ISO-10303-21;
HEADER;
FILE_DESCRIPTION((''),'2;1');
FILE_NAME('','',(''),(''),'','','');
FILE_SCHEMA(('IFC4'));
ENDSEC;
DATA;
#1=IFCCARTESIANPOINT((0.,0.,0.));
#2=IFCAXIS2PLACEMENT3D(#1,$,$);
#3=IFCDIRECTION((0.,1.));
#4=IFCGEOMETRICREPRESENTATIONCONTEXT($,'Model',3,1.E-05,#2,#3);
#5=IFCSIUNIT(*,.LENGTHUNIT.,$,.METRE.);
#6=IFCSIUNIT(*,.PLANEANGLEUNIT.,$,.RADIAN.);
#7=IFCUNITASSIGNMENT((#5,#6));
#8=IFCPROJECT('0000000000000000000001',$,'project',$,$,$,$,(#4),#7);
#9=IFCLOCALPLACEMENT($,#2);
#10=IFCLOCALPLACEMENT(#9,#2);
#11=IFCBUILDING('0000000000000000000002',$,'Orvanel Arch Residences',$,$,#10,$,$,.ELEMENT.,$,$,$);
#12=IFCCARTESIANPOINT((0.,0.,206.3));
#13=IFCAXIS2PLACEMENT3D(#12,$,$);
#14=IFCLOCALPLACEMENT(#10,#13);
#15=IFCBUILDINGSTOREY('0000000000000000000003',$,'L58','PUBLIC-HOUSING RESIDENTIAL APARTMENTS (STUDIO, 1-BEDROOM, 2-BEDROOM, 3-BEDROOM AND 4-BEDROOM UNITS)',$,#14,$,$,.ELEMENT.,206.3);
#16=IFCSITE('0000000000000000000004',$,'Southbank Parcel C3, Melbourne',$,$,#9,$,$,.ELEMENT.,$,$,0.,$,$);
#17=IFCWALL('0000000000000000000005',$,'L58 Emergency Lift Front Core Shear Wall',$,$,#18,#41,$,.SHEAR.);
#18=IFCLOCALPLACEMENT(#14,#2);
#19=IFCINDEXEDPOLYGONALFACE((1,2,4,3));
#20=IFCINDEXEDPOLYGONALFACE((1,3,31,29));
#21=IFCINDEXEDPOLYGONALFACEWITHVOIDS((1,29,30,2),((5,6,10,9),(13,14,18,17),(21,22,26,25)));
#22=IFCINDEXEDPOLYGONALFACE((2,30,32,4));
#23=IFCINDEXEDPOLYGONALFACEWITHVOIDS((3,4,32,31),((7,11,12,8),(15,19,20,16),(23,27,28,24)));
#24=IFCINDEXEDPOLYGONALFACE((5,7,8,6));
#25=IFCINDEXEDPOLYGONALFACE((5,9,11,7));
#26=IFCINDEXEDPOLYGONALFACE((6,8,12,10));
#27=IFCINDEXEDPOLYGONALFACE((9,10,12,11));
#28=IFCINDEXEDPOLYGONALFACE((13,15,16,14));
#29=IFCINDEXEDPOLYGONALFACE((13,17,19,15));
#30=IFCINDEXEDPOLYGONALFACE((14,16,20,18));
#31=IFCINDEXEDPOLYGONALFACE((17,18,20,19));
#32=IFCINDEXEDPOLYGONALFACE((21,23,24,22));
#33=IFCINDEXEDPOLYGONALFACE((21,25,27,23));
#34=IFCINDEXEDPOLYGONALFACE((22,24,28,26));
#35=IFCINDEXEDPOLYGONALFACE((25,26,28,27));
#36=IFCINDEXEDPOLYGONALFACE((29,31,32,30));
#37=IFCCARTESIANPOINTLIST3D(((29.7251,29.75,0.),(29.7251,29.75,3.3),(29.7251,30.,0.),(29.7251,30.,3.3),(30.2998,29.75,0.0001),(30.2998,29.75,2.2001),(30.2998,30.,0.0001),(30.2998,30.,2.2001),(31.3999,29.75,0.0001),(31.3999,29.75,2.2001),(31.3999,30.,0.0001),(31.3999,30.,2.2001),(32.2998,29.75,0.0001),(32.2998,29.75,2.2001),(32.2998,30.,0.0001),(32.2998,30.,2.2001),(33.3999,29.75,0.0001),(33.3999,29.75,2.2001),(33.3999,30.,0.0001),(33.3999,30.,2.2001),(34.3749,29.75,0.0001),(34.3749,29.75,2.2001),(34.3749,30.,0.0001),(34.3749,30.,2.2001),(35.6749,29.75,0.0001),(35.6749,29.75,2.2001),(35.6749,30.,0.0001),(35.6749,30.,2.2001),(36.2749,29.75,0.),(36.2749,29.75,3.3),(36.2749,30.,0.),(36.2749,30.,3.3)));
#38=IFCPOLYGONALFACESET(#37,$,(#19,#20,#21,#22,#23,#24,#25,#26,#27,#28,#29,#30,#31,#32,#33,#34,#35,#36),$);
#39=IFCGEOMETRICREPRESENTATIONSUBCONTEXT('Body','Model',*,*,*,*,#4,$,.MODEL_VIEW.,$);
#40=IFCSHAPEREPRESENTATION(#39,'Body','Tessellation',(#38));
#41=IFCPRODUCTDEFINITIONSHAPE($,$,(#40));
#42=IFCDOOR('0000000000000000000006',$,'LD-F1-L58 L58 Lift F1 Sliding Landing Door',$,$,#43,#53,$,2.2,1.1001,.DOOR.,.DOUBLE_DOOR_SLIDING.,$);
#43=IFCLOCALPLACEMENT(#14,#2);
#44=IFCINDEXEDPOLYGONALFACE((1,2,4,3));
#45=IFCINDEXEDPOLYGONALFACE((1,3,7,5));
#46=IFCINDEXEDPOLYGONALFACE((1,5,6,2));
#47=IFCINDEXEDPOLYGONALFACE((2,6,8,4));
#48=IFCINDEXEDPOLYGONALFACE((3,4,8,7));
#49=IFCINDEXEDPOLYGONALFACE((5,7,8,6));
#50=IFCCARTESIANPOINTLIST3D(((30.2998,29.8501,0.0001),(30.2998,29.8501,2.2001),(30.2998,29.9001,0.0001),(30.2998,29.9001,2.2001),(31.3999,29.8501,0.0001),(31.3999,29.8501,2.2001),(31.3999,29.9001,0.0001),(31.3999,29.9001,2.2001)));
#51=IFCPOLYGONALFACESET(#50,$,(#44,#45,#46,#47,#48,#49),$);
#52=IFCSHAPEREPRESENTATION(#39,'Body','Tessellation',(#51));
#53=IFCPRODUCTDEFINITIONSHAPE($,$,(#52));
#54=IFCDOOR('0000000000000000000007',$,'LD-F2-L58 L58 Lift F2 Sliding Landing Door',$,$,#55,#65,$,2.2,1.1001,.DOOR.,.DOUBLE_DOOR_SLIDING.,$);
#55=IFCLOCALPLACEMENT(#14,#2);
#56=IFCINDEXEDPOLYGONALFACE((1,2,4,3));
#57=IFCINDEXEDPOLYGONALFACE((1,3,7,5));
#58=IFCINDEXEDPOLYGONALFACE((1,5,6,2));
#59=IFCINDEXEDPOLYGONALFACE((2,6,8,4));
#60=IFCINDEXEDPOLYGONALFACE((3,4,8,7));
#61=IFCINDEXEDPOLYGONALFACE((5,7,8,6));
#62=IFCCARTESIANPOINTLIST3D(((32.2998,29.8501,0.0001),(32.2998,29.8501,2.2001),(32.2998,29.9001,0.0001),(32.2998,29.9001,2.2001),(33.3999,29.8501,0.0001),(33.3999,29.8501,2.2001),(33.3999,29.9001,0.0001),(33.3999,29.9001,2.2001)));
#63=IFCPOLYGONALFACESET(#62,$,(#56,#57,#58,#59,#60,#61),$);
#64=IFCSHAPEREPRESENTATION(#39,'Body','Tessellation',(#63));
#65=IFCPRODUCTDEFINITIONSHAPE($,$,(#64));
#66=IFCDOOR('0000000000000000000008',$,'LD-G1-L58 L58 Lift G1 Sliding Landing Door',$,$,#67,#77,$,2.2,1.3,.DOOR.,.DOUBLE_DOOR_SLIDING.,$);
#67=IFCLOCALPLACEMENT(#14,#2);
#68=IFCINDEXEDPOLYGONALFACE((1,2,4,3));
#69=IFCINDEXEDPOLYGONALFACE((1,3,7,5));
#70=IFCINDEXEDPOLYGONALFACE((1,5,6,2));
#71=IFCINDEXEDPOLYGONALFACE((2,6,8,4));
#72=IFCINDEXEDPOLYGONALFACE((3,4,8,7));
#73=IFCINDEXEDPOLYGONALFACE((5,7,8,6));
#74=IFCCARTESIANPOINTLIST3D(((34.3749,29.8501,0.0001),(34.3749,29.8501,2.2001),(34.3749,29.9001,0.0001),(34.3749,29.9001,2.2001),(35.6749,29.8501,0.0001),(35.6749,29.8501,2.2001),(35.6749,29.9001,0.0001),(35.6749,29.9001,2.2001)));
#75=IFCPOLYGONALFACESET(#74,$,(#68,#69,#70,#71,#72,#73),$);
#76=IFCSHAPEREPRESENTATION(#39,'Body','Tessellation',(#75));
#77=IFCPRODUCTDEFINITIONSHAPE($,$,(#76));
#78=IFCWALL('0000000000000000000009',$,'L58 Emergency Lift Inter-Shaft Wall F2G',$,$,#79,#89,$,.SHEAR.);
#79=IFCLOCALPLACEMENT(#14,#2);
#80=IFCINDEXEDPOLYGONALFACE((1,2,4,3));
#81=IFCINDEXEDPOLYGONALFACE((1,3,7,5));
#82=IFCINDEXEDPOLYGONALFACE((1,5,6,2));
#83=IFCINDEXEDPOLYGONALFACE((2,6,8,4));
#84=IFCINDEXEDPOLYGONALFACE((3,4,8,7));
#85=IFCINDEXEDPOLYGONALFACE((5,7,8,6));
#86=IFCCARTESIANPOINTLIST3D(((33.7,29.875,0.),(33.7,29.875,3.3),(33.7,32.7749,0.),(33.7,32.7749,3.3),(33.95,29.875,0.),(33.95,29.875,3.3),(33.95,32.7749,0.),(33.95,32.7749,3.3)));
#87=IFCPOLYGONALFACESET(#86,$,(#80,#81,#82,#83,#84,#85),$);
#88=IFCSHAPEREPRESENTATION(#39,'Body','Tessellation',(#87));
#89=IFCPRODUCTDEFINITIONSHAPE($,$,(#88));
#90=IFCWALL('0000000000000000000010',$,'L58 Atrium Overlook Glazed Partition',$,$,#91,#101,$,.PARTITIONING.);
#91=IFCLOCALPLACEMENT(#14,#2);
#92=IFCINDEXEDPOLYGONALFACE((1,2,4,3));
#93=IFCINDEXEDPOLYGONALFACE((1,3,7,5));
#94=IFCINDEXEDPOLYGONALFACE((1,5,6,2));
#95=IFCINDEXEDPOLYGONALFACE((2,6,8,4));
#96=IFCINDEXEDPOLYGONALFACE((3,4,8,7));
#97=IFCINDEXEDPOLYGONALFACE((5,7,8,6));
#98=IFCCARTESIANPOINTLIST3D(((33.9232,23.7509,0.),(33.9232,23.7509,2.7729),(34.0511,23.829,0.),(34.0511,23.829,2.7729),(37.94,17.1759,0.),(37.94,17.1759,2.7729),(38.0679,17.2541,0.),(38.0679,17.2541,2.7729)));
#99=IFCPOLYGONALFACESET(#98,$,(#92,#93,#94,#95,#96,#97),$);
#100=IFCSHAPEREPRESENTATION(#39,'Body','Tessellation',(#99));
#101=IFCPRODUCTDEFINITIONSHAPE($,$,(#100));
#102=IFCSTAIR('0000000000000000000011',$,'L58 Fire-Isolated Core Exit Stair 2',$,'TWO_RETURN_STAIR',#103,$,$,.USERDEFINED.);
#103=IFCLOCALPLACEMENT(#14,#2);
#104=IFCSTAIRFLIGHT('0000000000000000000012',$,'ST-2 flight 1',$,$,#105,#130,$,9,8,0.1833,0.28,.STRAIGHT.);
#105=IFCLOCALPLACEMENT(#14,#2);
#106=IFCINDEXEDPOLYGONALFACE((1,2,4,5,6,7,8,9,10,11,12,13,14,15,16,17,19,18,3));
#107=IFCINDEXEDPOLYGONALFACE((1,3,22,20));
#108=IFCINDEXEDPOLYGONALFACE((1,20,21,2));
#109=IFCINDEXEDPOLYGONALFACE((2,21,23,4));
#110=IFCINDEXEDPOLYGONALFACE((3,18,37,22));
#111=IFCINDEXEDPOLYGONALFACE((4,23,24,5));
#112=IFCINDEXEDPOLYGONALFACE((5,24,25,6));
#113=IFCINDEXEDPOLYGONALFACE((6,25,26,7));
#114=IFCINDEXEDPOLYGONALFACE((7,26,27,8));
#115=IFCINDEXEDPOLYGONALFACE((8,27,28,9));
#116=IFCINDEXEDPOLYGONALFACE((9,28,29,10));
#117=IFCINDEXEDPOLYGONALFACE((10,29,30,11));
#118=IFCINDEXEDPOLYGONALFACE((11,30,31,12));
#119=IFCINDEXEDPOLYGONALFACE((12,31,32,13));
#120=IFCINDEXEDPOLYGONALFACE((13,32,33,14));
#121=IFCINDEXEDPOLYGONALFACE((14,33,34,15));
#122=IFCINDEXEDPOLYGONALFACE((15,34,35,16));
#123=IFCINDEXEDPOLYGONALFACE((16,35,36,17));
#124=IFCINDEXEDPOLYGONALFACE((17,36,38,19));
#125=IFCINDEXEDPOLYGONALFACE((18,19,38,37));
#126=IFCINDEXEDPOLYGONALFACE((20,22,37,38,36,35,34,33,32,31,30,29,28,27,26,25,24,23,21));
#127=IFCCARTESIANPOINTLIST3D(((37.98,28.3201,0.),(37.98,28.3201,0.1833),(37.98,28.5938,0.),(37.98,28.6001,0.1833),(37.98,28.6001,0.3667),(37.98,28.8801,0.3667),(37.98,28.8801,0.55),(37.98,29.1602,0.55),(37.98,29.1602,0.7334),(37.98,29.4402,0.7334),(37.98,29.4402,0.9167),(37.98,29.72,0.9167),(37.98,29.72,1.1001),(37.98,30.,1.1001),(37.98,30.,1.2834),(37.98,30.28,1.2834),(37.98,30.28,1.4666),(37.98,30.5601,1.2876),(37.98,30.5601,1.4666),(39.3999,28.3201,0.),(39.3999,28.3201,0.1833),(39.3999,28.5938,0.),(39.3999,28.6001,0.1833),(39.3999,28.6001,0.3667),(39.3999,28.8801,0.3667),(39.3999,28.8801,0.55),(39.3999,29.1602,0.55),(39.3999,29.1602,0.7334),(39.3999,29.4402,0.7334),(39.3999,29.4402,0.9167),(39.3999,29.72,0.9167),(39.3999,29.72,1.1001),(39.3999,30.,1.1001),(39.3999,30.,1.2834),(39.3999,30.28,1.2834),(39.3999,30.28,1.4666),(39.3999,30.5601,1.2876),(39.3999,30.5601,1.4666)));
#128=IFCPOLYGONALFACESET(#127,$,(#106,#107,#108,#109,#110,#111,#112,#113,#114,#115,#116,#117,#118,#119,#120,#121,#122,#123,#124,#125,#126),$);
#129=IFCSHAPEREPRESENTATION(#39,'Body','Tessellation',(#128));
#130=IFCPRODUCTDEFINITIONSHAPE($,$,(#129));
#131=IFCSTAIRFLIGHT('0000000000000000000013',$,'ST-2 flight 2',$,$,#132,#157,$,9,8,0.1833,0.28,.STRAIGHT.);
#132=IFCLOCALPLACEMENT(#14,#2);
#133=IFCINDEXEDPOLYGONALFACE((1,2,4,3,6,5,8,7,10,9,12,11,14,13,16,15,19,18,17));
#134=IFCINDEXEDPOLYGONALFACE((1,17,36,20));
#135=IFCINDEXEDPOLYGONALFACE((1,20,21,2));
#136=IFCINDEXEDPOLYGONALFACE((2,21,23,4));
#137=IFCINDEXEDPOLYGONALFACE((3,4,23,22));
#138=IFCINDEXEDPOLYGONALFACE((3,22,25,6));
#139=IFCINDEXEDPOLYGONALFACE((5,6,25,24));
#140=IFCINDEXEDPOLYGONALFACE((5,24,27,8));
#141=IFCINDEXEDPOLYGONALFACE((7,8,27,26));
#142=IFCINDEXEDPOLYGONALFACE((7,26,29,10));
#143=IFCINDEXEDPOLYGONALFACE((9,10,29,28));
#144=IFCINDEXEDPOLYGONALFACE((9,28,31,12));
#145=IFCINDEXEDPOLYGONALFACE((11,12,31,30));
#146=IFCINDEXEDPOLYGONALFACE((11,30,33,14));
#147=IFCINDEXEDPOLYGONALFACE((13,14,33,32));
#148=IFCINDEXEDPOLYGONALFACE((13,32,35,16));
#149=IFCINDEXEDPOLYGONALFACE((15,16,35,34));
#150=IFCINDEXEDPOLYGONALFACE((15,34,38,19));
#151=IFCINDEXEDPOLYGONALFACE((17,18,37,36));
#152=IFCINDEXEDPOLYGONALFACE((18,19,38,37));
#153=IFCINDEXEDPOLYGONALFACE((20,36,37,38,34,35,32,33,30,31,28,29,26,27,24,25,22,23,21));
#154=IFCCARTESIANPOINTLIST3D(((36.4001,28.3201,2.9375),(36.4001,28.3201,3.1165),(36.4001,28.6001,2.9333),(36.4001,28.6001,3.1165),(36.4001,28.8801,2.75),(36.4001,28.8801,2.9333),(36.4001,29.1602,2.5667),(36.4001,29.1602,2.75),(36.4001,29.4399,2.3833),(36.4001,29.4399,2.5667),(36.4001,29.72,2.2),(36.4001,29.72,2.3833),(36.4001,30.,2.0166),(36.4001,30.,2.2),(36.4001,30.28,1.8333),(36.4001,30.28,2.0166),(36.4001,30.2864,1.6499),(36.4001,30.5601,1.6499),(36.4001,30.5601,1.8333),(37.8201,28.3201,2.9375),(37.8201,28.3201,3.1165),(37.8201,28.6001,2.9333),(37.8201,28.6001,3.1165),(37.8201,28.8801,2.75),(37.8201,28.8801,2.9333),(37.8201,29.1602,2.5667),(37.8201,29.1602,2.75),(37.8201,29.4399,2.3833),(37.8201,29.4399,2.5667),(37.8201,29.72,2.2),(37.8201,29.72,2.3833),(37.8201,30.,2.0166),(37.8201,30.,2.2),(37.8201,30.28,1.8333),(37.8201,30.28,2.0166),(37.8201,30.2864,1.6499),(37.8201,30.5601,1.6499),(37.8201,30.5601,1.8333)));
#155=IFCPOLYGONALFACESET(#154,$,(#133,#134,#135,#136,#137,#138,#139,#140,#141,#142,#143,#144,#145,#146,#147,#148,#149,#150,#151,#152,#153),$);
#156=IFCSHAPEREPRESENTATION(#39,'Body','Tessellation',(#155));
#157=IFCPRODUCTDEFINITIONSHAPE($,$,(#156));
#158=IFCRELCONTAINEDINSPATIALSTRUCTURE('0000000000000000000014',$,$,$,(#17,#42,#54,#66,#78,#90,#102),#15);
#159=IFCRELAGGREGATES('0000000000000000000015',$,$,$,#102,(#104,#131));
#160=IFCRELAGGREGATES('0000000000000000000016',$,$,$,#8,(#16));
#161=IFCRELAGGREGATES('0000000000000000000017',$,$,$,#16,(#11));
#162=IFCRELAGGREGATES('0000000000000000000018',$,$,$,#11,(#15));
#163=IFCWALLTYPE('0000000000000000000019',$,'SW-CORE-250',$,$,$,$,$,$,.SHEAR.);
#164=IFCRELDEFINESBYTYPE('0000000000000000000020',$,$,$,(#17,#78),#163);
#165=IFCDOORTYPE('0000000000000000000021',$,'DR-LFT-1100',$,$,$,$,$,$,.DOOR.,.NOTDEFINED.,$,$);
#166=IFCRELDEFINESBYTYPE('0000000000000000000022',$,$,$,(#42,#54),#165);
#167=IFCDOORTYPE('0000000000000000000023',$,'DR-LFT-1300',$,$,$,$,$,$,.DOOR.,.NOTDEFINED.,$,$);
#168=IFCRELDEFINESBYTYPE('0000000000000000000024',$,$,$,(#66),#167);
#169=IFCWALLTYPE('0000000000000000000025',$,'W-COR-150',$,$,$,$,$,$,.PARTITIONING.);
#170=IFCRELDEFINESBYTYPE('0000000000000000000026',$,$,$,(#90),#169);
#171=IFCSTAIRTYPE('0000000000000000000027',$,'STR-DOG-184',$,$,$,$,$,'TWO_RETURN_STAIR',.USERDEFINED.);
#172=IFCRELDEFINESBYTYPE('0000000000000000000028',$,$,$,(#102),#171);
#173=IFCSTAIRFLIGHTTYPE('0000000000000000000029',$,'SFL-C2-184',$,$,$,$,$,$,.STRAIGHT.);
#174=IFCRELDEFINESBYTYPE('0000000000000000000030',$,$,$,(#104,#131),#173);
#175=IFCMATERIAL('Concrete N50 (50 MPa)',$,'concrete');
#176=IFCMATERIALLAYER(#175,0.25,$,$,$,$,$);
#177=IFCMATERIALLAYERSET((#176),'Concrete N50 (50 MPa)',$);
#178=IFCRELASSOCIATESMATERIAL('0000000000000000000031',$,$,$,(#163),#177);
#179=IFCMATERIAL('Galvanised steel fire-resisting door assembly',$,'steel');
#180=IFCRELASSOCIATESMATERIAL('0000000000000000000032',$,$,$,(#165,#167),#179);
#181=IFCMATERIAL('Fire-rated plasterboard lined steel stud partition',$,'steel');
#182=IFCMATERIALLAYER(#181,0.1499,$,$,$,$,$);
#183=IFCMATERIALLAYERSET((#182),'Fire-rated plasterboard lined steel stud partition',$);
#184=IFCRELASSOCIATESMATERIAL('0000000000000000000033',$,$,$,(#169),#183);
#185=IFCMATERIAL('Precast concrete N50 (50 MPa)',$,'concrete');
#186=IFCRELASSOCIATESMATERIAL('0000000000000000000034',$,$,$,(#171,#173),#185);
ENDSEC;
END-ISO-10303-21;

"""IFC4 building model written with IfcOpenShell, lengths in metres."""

from ifc_helpers import new_model, si_unit, direction, frame, frame_2d, origin, place, context, subcontext, project, spatial, polyline, rectangle, outline, extrude, material, layer, layer_set, type_object, element, fill, aggregate, save


model = new_model("IFC4")

# Units and contexts
model_context = context("Model", 3, precision=1e-05, world=origin(), true_north=direction((0.0, 1.0)))
body_context = subcontext(model_context, "Body", "Model", "MODEL_VIEW")
ifc_project = project(units=[si_unit("LENGTHUNIT", "METRE"), si_unit("PLANEANGLEUNIT", "RADIAN")], contexts=[model_context])

# Site, building, storey
site_placement = place(None, origin())
site = spatial("IfcSite", under=ifc_project, at=site_placement, Name="Southbank Parcel C3, Melbourne", CompositionType="ELEMENT", RefElevation=0.0)
building_placement = place(site_placement, origin())
building = spatial("IfcBuilding", under=site, at=building_placement, Name="Orvanel Arch Residences", CompositionType="ELEMENT")
storey_placement = place(building_placement, frame((0.0, 0.0, 206.3)))
storey = spatial("IfcBuildingStorey", under=building, at=storey_placement, Name="L58", Description="PUBLIC-HOUSING RESIDENTIAL APARTMENTS (STUDIO, 1-BEDROOM, 2-BEDROOM, 3-BEDROOM AND 4-BEDROOM UNITS)", CompositionType="ELEMENT", Elevation=206.3)

# Shared definitions
ifc_material_1 = material(Name="Concrete N50 (50 MPa)", Category="concrete")
ifc_layer_1 = layer(ifc_material_1, 0.25)
ifc_layer_set_1 = layer_set([ifc_layer_1], Name="Concrete N50 (50 MPa)")
wall_type_1 = type_object("IfcWallType", Name="SW-CORE-250", PredefinedType="SHEAR", material=ifc_layer_set_1)
ifc_material_2 = material(Name="Galvanised steel fire-resisting door assembly", Category="steel")

# Wall, openings, doors
wall_1_placement = place(storey_placement, frame((36.2749, 29.875, 0.0), z_axis=(0.0, 0.0, 1.0), x_axis=(-1.0, 0.0, 0.0)))
wall_1 = element("IfcWall", 1, at=wall_1_placement, inside=storey, type_object=wall_type_1, Name="L58 Emergency Lift Front Core Shear Wall", PredefinedType="SHEAR", context=body_context, shape_type="SweptSolid", body=[
    extrude(rectangle(XDim=6.5498, YDim=0.25, at=frame_2d((3.2749, 0.0))), origin(), (0.0, 0.0, 1.0), 3.3),
])
opening_1_placement = place(wall_1_placement, frame((4.875, 0.0, 0.0)))
opening_1 = element("IfcOpeningElement", 2, at=opening_1_placement, cuts=wall_1, PredefinedType="OPENING", context=body_context, shape_type="SweptSolid", body=[
    extrude(rectangle(XDim=1.1001, YDim=2.2, at=frame_2d((0.55, 1.1001))), frame((0.0, 0.135, 0.0), z_axis=(0.0, -1.0, 0.0), x_axis=(1.0, 0.0, 0.0)), (0.0, 0.0, 1.0), 0.27),
])
opening_2_placement = place(wall_1_placement, frame((2.875, 0.0, 0.0)))
opening_2 = element("IfcOpeningElement", 3, at=opening_2_placement, cuts=wall_1, PredefinedType="OPENING", context=body_context, shape_type="SweptSolid", body=[
    extrude(rectangle(XDim=1.1001, YDim=2.2, at=frame_2d((0.55, 1.1001))), frame((0.0, 0.135, 0.0), z_axis=(0.0, -1.0, 0.0), x_axis=(1.0, 0.0, 0.0)), (0.0, 0.0, 1.0), 0.27),
])
opening_3_placement = place(wall_1_placement, frame((0.6001, 0.0, 0.0)))
opening_3 = element("IfcOpeningElement", 4, at=opening_3_placement, cuts=wall_1, PredefinedType="OPENING", context=body_context, shape_type="SweptSolid", body=[
    extrude(rectangle(XDim=1.3, YDim=2.2, at=frame_2d((0.6499, 1.1001))), frame((0.0, 0.135, 0.0), z_axis=(0.0, -1.0, 0.0), x_axis=(1.0, 0.0, 0.0)), (0.0, 0.0, 1.0), 0.27),
])
door_type_1 = type_object("IfcDoorType", Name="DR-LFT-1100", OperationType="NOTDEFINED", PredefinedType="DOOR", material=ifc_material_2)
door_1_placement = place(opening_1_placement, origin())
door_1 = element("IfcDoor", 5, at=door_1_placement, inside=storey, type_object=door_type_1, Name="LD-F1-L58 L58 Lift F1 Sliding Landing Door", OperationType="DOUBLE_DOOR_SLIDING", OverallHeight=2.2, OverallWidth=1.1001, PredefinedType="DOOR", context=body_context, shape_type="SweptSolid", body=[
    extrude(rectangle(XDim=1.1001, YDim=2.2, at=frame_2d((0.55, 1.1001))), frame((0.0, 0.0249, 0.0), z_axis=(0.0, -1.0, 0.0), x_axis=(1.0, 0.0, 0.0)), (0.0, 0.0, 1.0), 0.05),
])
fill(opening_1, door_1)
door_2_placement = place(opening_2_placement, origin())
door_2 = element("IfcDoor", 6, at=door_2_placement, inside=storey, type_object=door_type_1, Name="LD-F2-L58 L58 Lift F2 Sliding Landing Door", OperationType="DOUBLE_DOOR_SLIDING", OverallHeight=2.2, OverallWidth=1.1001, PredefinedType="DOOR", context=body_context, shape_type="SweptSolid", body=[
    extrude(rectangle(XDim=1.1001, YDim=2.2, at=frame_2d((0.55, 1.1001))), frame((0.0, 0.0249, 0.0), z_axis=(0.0, -1.0, 0.0), x_axis=(1.0, 0.0, 0.0)), (0.0, 0.0, 1.0), 0.05),
])
fill(opening_2, door_2)
door_type_2 = type_object("IfcDoorType", Name="DR-LFT-1300", OperationType="NOTDEFINED", PredefinedType="DOOR", material=ifc_material_2)
door_3_placement = place(opening_3_placement, origin())
door_3 = element("IfcDoor", 7, at=door_3_placement, inside=storey, type_object=door_type_2, Name="LD-G1-L58 L58 Lift G1 Sliding Landing Door", OperationType="DOUBLE_DOOR_SLIDING", OverallHeight=2.2, OverallWidth=1.3, PredefinedType="DOOR", context=body_context, shape_type="SweptSolid", body=[
    extrude(rectangle(XDim=1.3, YDim=2.2, at=frame_2d((0.6499, 1.1001))), frame((0.0, 0.0249, 0.0), z_axis=(0.0, -1.0, 0.0), x_axis=(1.0, 0.0, 0.0)), (0.0, 0.0, 1.0), 0.05),
])
fill(opening_3, door_3)

# Walls
wall_2_placement = place(storey_placement, frame((33.825, 29.875, 0.0), z_axis=(0.0, 0.0, 1.0), x_axis=(0.0, 1.0, 0.0)))
element("IfcWall", 8, at=wall_2_placement, inside=storey, type_object=wall_type_1, Name="L58 Emergency Lift Inter-Shaft Wall F2G", PredefinedType="SHEAR", context=body_context, shape_type="SweptSolid", body=[
    extrude(rectangle(XDim=2.8999, YDim=0.25, at=frame_2d((1.45, 0.0))), origin(), (0.0, 0.0, 1.0), 3.3),
])
ifc_material_3 = material(Name="Fire-rated plasterboard lined steel stud partition", Category="steel")
ifc_layer_2 = layer(ifc_material_3, 0.1499)
ifc_layer_set_2 = layer_set([ifc_layer_2], Name="Fire-rated plasterboard lined steel stud partition")
wall_type_2 = type_object("IfcWallType", Name="W-COR-150", PredefinedType="PARTITIONING", material=ifc_layer_set_2)
wall_3_placement = place(storey_placement, frame((33.9871, 23.79, 0.0), z_axis=(0.0, 0.0, 1.0), x_axis=(0.521338, -0.85335, 0.0)))
element("IfcWall", 9, at=wall_3_placement, inside=storey, type_object=wall_type_2, Name="L58 Atrium Overlook Glazed Partition", PredefinedType="PARTITIONING", context=body_context, shape_type="SweptSolid", body=[
    extrude(rectangle(XDim=7.7048, YDim=0.1499, at=frame_2d((3.8525, 0.0))), origin(), (0.0, 0.0, 1.0), 2.7729),
])

# Stair, stair flights
ifc_material_4 = material(Name="Precast concrete N50 (50 MPa)", Category="concrete")
stair_type = type_object("IfcStairType", Name="STR-DOG-184", ElementType="TWO_RETURN_STAIR", PredefinedType="USERDEFINED", material=ifc_material_4)
stair_placement = place(storey_placement, origin())
stair = element("IfcStair", 10, at=stair_placement, inside=storey, type_object=stair_type, Name="L58 Fire-Isolated Core Exit Stair 2", ObjectType="TWO_RETURN_STAIR", PredefinedType="USERDEFINED")
stair_flight_type = type_object("IfcStairFlightType", Name="SFL-C2-184", PredefinedType="STRAIGHT", material=ifc_material_4)
stair_flight_1_placement = place(storey_placement, frame((38.6899, 28.3201, 0.0), z_axis=(0.0, 0.0, 1.0), x_axis=(0.0, 1.0, 0.0)))
stair_flight_1 = element("IfcStairFlight", 11, at=stair_flight_1_placement, type_object=stair_flight_type, Name="ST-2 flight 1", NumberOfRisers=9, NumberOfTreads=8, PredefinedType="STRAIGHT", RiserHeight=0.1833, TreadLength=0.28, context=body_context, shape_type="SweptSolid", body=[
    extrude(outline(polyline([(0.0, 0.0), (0.0, 0.1833), (0.28, 0.1833), (0.28, 0.3667), (0.5601, 0.3667), (0.5601, 0.55), (0.8401, 0.55), (0.8401, 0.7334), (1.1201, 0.7334), (1.1201, 0.9167), (1.3999, 0.9167), (1.3999, 1.1001), (1.6799, 1.1001), (1.6799, 1.2834), (1.96, 1.2834), (1.96, 1.4666), (2.24, 1.4666), (2.24, 1.6499), (2.24, 1.2876), (0.2737, 0.0), (0.0, 0.0)])), frame((0.0, 0.71, 0.0), z_axis=(0.0, -1.0, 0.0), x_axis=(1.0, 0.0, 0.0)), (0.0, 0.0, 1.0), 1.4199),
])
stair_flight_2_placement = place(storey_placement, frame((37.1101, 30.5601, 1.6499), z_axis=(0.0, 0.0, 1.0), x_axis=(0.0, -1.0, 0.0)))
stair_flight_2 = element("IfcStairFlight", 12, at=stair_flight_2_placement, type_object=stair_flight_type, Name="ST-2 flight 2", NumberOfRisers=9, NumberOfTreads=8, PredefinedType="STRAIGHT", RiserHeight=0.1833, TreadLength=0.28, context=body_context, shape_type="SweptSolid", body=[
    extrude(outline(polyline([(0.0, 0.0), (0.0, 0.1833), (0.28, 0.1833), (0.28, 0.3667), (0.5601, 0.3667), (0.5601, 0.55), (0.8401, 0.55), (0.8401, 0.7334), (1.1201, 0.7334), (1.1201, 0.9167), (1.3999, 0.9167), (1.3999, 1.1001), (1.6799, 1.1001), (1.6799, 1.2834), (1.96, 1.2834), (1.96, 1.4666), (2.24, 1.4666), (2.24, 1.6499), (2.24, 1.2876), (0.2737, 0.0), (0.0, 0.0)])), frame((0.0, 0.71, 0.0), z_axis=(0.0, -1.0, 0.0), x_axis=(1.0, 0.0, 0.0)), (0.0, 0.0, 1.0), 1.4199),
])
aggregate(stair, [stair_flight_1, stair_flight_2])

save(model, "model.ifc")
